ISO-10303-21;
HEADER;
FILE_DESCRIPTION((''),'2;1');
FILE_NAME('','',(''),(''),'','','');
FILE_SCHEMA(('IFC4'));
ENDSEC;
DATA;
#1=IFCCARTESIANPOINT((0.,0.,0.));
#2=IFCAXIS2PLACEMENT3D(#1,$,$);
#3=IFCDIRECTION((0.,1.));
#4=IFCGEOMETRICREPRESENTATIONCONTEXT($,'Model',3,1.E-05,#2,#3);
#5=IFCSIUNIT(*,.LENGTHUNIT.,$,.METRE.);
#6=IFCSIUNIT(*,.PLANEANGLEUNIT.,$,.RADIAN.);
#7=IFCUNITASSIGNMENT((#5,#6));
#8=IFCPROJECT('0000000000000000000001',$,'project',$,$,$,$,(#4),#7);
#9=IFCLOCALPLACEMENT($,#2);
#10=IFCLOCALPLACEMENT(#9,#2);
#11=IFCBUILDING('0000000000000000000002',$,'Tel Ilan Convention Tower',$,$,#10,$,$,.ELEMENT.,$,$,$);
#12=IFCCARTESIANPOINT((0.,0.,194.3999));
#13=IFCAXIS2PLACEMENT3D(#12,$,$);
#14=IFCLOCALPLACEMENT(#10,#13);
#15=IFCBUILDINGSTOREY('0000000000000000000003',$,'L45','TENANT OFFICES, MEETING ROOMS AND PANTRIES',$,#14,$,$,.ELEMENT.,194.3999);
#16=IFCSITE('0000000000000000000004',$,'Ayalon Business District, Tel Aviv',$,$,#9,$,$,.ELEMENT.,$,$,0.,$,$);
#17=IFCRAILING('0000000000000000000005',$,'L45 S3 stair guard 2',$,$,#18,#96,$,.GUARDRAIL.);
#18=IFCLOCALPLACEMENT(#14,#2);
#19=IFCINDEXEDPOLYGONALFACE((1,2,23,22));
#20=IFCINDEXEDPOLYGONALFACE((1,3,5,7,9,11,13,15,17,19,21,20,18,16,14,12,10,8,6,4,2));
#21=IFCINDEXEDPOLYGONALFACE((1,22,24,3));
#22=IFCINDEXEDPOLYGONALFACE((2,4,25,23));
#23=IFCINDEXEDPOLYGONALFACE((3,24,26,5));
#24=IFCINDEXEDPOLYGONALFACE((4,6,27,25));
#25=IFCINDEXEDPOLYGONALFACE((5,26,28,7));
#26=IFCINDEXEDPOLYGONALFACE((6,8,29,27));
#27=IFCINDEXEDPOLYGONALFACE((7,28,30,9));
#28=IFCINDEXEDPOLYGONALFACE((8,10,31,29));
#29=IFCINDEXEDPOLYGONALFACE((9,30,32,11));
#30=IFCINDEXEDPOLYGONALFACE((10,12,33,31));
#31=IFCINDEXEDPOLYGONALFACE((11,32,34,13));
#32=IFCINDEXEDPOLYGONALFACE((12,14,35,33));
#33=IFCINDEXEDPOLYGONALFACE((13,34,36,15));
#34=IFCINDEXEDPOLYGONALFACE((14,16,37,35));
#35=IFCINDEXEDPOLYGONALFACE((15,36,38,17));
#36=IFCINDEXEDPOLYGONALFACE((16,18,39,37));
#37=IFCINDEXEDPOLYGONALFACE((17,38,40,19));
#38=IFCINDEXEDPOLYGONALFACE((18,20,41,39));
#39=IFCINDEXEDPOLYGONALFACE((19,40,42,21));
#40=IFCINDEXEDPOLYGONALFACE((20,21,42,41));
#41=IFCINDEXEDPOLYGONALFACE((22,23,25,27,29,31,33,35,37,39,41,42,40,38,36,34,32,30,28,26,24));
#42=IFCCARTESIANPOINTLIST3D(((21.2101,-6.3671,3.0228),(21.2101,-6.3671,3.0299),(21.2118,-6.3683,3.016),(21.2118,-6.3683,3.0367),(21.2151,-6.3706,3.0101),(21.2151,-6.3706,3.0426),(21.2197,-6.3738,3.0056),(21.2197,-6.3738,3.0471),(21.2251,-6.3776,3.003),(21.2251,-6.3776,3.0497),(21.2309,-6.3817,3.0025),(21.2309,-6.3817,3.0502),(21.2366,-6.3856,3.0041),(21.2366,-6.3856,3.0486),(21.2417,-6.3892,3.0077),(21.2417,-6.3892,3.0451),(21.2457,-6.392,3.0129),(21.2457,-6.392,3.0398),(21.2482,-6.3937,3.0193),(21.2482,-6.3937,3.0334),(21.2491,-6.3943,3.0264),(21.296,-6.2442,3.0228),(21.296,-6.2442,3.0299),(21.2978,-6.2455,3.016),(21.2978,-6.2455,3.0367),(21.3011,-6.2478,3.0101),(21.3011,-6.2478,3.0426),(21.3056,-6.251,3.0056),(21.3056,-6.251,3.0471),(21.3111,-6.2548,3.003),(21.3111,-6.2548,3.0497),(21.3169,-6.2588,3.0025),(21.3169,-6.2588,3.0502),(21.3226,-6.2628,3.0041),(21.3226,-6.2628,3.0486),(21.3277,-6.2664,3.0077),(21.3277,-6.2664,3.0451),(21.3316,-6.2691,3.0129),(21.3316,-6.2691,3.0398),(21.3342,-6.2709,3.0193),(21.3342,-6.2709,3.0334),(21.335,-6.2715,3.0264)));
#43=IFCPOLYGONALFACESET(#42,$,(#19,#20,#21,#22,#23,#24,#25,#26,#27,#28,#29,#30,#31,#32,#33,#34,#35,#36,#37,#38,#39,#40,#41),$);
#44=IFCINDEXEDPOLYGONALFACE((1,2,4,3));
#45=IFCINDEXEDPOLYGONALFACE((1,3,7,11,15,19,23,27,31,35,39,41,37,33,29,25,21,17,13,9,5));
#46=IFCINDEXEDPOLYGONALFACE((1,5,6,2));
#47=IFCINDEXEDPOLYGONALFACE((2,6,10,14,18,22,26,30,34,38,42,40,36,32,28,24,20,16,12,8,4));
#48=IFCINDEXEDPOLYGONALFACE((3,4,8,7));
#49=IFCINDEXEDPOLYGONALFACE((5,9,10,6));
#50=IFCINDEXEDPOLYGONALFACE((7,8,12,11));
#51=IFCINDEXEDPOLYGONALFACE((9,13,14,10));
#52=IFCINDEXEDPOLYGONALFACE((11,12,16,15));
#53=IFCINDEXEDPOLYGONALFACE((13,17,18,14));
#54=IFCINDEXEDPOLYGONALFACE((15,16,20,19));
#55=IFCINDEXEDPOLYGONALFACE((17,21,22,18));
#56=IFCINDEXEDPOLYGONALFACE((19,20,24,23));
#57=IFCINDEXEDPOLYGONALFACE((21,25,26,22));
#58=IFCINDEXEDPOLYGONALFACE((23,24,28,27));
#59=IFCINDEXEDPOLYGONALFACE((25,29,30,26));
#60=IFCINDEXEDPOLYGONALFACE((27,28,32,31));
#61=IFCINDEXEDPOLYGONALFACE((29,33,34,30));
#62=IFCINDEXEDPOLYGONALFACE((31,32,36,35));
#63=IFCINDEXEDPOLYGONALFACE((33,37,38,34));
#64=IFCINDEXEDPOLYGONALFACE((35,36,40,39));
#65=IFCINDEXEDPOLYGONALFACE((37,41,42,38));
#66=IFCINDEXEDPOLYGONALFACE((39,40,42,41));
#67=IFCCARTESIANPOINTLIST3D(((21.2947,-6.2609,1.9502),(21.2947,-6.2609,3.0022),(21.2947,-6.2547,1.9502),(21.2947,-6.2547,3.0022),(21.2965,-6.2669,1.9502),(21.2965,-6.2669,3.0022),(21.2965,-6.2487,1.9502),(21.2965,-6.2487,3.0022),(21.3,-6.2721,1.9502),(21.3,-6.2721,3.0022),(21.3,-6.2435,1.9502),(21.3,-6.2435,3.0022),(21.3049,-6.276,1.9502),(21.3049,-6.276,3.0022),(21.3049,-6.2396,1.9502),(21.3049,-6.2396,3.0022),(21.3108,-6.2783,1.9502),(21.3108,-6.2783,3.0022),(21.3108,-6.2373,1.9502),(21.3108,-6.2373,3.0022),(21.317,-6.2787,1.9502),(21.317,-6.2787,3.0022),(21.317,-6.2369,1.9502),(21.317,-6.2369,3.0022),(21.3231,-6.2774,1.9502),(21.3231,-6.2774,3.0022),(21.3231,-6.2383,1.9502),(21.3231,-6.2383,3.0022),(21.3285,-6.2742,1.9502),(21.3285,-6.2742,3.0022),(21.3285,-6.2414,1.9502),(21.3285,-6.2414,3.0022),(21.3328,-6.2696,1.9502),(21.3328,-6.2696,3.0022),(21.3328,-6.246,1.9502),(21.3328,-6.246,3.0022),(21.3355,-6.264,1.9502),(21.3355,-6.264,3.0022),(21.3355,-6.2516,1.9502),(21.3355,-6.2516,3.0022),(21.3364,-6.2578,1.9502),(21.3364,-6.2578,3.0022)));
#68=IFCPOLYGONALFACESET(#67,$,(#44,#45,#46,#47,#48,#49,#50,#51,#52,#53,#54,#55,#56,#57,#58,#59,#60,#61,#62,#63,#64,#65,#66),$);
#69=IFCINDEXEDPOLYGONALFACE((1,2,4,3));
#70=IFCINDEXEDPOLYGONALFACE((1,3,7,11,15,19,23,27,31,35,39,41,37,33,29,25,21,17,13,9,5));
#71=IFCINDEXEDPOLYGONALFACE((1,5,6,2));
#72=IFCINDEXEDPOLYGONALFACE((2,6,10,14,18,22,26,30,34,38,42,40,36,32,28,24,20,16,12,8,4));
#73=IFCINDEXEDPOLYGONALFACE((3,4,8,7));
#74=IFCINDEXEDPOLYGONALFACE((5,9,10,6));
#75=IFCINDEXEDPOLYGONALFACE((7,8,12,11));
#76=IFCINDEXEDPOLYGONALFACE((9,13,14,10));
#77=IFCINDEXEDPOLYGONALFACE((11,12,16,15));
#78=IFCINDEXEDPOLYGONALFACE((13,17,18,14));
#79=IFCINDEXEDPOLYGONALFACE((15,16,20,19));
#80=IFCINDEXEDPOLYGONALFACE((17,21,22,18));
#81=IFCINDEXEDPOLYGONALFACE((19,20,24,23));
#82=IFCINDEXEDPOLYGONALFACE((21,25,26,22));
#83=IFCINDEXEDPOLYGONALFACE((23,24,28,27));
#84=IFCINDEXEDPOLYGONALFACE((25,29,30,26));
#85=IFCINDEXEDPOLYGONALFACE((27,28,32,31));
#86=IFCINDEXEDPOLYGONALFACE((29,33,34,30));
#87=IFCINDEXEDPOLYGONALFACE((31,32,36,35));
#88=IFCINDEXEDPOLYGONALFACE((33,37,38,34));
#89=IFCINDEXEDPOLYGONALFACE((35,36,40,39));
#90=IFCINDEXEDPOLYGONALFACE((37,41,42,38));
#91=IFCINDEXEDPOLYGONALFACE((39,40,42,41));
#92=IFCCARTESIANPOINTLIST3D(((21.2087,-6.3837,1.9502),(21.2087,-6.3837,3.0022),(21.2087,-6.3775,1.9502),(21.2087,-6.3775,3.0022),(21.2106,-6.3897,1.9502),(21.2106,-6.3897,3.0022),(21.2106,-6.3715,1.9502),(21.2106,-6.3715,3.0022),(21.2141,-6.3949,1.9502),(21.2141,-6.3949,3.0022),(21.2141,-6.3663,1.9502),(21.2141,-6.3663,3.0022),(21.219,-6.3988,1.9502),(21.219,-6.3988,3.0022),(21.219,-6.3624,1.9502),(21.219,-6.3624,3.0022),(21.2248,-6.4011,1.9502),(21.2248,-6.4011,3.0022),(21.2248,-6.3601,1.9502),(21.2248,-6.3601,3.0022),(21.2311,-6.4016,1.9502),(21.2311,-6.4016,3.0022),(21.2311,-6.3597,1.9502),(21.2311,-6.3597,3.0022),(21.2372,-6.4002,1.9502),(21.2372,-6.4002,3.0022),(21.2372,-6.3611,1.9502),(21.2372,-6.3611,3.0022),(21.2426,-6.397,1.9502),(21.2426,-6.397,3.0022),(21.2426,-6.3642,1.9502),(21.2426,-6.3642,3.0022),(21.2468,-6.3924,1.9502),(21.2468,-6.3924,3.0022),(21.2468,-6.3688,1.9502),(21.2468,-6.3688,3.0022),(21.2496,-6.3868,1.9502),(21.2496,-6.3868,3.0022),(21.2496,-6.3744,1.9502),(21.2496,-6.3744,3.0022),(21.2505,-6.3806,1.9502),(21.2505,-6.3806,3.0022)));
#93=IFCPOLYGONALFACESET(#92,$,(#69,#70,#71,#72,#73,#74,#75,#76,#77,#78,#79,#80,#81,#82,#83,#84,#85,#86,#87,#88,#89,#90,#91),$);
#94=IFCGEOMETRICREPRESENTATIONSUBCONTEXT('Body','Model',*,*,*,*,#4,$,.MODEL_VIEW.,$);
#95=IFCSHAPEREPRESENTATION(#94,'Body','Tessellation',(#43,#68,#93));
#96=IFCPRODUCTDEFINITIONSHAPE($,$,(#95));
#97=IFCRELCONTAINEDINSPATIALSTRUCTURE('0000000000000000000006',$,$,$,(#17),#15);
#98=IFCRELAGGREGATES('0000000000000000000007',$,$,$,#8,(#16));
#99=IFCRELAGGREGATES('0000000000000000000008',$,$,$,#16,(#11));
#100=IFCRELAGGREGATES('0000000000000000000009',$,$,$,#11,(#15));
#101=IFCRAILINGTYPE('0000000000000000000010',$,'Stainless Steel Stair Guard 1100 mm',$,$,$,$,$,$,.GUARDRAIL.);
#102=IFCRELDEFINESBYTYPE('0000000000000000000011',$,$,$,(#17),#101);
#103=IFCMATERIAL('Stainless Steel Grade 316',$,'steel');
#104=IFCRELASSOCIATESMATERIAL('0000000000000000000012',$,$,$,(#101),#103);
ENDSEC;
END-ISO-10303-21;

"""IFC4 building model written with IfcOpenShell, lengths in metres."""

from ifc_helpers import new_model, si_unit, direction, frame, origin, origin_2d, place, context, subcontext, project, spatial, circle, extrude, material, type_object, element, save


model = new_model("IFC4")

# Units and contexts
model_context = context("Model", 3, precision=1e-05, world=origin(), true_north=direction((0.0, 1.0)))
body_context = subcontext(model_context, "Body", "Model", "MODEL_VIEW")
ifc_project = project(units=[si_unit("LENGTHUNIT", "METRE"), si_unit("PLANEANGLEUNIT", "RADIAN")], contexts=[model_context])

# Site, building, storey
site_placement = place(None, origin())
site = spatial("IfcSite", under=ifc_project, at=site_placement, Name="Ayalon Business District, Tel Aviv", CompositionType="ELEMENT", RefElevation=0.0)
building_placement = place(site_placement, origin())
building = spatial("IfcBuilding", under=site, at=building_placement, Name="Tel Ilan Convention Tower", CompositionType="ELEMENT")
storey_placement = place(building_placement, frame((0.0, 0.0, 194.3999)))
storey = spatial("IfcBuildingStorey", under=building, at=storey_placement, Name="L45", Description="TENANT OFFICES, MEETING ROOMS AND PANTRIES", CompositionType="ELEMENT", Elevation=194.3999)

# Railing
ifc_material_1 = material(Name="Stainless Steel Grade 316", Category="steel")
railing_type_1 = type_object("IfcRailingType", Name="Stainless Steel Stair Guard 1100 mm", PredefinedType="GUARDRAIL", material=ifc_material_1)
railing_1_placement = place(storey_placement, frame((21.3154, -6.2578, 1.9502)))
element("IfcRailing", 1, at=railing_1_placement, inside=storey, type_object=railing_type_1, Name="L45 S3 stair guard 2", PredefinedType="GUARDRAIL", context=body_context, shape_type="SweptSolid", body=[
    extrude(circle(Radius=0.0239, at=origin_2d()), frame((0.0, 0.0, 1.0762), z_axis=(-0.573353, -0.819308, 0.0), x_axis=(0.819308, -0.573353, 0.0)), (0.0, 0.0, 1.0), 0.1499),
    extrude(circle(Radius=0.021, at=origin_2d()), origin(), (0.0, 0.0, 1.0), 1.052),
    extrude(circle(Radius=0.021, at=origin_2d()), frame((-0.0859, -0.1228, 0.0)), (0.0, 0.0, 1.0), 1.052),
])

save(model, "model.ifc")
